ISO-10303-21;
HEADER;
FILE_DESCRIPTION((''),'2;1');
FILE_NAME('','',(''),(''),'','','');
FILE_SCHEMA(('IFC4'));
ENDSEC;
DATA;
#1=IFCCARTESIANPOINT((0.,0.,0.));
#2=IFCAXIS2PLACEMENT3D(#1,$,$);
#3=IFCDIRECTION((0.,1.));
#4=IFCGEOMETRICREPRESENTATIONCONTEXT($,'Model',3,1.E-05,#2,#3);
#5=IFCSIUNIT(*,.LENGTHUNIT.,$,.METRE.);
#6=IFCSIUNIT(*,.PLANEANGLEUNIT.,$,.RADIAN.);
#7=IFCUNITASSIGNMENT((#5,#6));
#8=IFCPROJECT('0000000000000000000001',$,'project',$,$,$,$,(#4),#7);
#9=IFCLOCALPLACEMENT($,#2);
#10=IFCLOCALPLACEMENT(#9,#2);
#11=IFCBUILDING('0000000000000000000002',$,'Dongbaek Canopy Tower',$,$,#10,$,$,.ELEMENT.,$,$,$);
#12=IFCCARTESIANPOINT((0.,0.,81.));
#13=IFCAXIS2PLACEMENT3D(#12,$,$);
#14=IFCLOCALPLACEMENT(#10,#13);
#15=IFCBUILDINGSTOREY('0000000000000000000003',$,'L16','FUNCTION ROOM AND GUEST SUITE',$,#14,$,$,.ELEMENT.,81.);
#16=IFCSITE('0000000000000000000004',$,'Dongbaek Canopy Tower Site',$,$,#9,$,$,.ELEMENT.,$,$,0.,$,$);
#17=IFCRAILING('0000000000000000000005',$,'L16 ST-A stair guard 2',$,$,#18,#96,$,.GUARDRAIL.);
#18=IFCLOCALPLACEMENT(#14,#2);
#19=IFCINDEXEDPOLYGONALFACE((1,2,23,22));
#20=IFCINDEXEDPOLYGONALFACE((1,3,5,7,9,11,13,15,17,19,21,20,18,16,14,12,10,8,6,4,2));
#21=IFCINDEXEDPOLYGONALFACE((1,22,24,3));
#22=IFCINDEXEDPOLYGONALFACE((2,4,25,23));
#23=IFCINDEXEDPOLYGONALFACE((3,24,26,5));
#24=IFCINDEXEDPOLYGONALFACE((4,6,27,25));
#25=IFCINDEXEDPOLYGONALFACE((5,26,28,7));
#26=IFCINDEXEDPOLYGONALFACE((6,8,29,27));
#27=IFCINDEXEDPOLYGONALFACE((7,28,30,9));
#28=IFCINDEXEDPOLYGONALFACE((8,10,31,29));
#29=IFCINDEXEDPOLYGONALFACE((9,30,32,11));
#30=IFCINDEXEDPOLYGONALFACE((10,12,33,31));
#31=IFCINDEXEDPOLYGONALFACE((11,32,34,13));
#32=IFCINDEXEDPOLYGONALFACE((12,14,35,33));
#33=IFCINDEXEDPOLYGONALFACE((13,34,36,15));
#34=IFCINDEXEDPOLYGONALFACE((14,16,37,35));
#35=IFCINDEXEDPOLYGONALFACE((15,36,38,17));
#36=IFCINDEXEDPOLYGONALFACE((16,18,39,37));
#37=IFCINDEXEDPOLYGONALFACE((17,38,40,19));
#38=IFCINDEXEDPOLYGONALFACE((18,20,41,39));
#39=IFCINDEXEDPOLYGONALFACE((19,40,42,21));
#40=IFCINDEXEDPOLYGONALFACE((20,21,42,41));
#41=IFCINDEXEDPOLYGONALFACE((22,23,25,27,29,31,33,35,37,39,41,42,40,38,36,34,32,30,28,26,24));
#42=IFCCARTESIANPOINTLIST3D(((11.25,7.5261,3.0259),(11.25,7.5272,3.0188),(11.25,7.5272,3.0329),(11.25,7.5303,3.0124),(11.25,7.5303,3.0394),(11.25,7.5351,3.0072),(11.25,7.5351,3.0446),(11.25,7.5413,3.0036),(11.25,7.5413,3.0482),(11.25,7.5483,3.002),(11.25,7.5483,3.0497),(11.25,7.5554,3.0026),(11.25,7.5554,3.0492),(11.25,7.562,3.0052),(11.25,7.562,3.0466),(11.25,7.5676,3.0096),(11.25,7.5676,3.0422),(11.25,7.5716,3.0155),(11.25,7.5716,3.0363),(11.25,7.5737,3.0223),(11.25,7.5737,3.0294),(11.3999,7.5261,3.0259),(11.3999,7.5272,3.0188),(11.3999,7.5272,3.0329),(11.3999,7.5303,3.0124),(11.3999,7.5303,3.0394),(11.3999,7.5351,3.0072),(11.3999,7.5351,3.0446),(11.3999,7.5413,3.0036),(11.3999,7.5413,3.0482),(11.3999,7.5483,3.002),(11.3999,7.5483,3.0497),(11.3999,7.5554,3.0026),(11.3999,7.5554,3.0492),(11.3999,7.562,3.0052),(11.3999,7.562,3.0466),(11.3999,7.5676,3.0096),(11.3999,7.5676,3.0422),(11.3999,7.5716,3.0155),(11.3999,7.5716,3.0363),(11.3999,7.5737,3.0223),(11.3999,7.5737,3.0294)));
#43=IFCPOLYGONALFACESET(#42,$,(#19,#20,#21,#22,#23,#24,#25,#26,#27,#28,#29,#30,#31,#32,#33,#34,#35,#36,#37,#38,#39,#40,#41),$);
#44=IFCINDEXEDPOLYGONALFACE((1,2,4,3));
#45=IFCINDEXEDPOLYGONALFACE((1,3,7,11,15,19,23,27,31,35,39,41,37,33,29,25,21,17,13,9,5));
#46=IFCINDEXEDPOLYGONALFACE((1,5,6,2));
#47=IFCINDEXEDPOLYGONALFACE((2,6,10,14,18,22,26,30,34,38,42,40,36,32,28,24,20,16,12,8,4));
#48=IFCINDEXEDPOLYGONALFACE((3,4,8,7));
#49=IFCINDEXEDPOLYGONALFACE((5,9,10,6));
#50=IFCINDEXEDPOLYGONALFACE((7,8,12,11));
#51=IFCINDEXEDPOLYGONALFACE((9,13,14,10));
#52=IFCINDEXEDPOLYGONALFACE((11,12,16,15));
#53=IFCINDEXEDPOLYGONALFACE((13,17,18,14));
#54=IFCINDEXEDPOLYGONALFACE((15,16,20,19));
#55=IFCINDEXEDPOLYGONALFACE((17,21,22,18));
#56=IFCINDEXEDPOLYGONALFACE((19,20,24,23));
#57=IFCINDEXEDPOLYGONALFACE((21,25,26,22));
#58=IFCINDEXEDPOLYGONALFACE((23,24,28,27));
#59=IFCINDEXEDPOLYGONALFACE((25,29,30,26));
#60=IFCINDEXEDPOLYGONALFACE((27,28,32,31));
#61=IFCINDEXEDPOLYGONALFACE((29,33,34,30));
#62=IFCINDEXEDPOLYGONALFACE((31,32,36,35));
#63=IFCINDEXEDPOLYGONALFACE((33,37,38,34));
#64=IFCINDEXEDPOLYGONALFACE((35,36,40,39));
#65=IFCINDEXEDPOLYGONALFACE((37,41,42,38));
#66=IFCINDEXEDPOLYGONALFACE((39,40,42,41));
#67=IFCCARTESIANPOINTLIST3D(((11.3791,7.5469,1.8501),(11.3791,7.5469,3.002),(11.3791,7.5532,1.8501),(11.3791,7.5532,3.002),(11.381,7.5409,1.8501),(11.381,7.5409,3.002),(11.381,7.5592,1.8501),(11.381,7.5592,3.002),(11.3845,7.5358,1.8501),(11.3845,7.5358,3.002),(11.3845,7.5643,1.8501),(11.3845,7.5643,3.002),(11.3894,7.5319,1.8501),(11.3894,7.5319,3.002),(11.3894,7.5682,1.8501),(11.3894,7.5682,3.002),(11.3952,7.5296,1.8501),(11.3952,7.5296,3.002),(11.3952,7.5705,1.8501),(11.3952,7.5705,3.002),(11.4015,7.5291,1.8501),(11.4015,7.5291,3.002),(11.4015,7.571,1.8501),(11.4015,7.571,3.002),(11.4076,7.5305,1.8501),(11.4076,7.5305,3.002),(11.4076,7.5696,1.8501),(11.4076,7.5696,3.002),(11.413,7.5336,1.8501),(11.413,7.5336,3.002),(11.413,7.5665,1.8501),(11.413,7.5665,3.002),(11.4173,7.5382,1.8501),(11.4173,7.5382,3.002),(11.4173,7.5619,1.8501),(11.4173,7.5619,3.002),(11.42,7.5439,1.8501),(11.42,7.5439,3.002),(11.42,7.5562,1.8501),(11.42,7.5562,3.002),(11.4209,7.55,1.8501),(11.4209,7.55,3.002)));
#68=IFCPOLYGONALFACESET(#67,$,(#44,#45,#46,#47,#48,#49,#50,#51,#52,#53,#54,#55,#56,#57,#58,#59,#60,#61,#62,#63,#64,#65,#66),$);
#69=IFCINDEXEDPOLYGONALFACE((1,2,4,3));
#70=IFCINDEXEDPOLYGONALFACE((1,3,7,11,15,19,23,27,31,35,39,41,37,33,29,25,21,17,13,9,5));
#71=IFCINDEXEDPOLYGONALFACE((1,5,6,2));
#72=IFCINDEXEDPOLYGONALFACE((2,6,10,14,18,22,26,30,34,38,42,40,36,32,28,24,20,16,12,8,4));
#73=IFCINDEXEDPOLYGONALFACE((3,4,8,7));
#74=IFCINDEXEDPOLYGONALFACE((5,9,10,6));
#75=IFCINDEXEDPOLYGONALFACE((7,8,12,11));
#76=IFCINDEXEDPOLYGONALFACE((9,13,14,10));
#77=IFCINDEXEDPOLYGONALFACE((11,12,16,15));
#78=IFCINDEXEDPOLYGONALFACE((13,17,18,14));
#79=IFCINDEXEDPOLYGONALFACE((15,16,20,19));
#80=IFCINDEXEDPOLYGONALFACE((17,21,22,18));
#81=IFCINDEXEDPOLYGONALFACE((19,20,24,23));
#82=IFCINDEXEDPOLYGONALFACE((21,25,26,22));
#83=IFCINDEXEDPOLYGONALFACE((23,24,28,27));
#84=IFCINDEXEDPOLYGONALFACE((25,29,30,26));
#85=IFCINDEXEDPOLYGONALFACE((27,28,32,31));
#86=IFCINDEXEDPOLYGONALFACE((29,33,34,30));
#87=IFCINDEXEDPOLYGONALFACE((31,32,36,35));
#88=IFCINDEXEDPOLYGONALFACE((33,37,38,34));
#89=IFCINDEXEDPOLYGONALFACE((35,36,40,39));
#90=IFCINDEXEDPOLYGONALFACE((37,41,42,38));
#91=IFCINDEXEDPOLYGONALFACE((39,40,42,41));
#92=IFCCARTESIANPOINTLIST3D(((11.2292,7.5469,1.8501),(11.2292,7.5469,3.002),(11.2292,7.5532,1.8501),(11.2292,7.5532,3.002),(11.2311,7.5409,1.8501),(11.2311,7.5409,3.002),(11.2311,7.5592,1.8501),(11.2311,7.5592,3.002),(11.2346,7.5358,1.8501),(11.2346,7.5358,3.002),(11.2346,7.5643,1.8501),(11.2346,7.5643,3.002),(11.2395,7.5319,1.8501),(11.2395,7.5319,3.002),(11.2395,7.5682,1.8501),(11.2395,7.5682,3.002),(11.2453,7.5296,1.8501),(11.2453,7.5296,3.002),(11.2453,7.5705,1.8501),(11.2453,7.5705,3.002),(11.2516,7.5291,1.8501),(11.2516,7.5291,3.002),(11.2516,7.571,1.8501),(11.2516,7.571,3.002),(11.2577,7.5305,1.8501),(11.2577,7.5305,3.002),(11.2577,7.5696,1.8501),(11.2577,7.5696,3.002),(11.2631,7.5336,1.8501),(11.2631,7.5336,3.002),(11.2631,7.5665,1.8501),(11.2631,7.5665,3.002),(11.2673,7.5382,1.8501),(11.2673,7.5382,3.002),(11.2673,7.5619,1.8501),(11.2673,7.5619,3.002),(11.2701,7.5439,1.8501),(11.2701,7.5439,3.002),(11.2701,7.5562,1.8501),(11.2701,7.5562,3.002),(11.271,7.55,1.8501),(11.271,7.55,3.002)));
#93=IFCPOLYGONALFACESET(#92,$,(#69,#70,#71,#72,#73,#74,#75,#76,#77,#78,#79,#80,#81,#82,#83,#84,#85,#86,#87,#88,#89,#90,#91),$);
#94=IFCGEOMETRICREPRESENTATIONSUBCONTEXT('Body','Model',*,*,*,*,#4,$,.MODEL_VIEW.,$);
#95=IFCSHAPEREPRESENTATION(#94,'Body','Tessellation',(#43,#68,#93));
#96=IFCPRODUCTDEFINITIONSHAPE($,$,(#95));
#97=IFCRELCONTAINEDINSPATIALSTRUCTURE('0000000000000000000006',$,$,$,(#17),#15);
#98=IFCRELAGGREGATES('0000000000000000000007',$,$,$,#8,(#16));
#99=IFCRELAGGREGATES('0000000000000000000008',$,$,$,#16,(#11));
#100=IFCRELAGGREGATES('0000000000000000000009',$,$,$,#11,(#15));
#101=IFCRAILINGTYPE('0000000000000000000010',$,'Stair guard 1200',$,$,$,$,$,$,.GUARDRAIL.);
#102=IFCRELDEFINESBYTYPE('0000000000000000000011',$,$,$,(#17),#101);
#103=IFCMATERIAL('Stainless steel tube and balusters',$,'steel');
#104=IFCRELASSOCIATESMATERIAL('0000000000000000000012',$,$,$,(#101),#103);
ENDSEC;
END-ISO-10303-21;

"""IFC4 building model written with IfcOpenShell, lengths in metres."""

from ifc_helpers import new_model, si_unit, direction, frame, origin, origin_2d, place, context, subcontext, project, spatial, circle, extrude, material, type_object, element, save


model = new_model("IFC4")

# Units and contexts
model_context = context("Model", 3, precision=1e-05, world=origin(), true_north=direction((0.0, 1.0)))
body_context = subcontext(model_context, "Body", "Model", "MODEL_VIEW")
ifc_project = project(units=[si_unit("LENGTHUNIT", "METRE"), si_unit("PLANEANGLEUNIT", "RADIAN")], contexts=[model_context])

# Site, building, storey
site_placement = place(None, origin())
site = spatial("IfcSite", under=ifc_project, at=site_placement, Name="Dongbaek Canopy Tower Site", CompositionType="ELEMENT", RefElevation=0.0)
building_placement = place(site_placement, origin())
building = spatial("IfcBuilding", under=site, at=building_placement, Name="Dongbaek Canopy Tower", CompositionType="ELEMENT")
storey_placement = place(building_placement, frame((0.0, 0.0, 81.0)))
storey = spatial("IfcBuildingStorey", under=building, at=storey_placement, Name="L16", Description="FUNCTION ROOM AND GUEST SUITE", CompositionType="ELEMENT", Elevation=81.0)

# Railing
ifc_material_1 = material(Name="Stainless steel tube and balusters", Category="steel")
railing_type_1 = type_object("IfcRailingType", Name="Stair guard 1200", PredefinedType="GUARDRAIL", material=ifc_material_1)
railing_1_placement = place(storey_placement, frame((11.3999, 7.55, 1.8501)))
element("IfcRailing", 1, at=railing_1_placement, inside=storey, type_object=railing_type_1, Name="L16 ST-A stair guard 2", PredefinedType="GUARDRAIL", context=body_context, shape_type="SweptSolid", body=[
    extrude(circle(Radius=0.0239, at=origin_2d()), frame((0.0, 0.0, 1.1758), z_axis=(-1.0, 0.0, 0.0), x_axis=(0.0, -1.0, 0.0)), (0.0, 0.0, 1.0), 0.1499),
    extrude(circle(Radius=0.021, at=origin_2d()), origin(), (0.0, 0.0, 1.0), 1.1519),
    extrude(circle(Radius=0.021, at=origin_2d()), frame((-0.1499, 0.0, 0.0)), (0.0, 0.0, 1.0), 1.1519),
])

save(model, "model.ifc")
